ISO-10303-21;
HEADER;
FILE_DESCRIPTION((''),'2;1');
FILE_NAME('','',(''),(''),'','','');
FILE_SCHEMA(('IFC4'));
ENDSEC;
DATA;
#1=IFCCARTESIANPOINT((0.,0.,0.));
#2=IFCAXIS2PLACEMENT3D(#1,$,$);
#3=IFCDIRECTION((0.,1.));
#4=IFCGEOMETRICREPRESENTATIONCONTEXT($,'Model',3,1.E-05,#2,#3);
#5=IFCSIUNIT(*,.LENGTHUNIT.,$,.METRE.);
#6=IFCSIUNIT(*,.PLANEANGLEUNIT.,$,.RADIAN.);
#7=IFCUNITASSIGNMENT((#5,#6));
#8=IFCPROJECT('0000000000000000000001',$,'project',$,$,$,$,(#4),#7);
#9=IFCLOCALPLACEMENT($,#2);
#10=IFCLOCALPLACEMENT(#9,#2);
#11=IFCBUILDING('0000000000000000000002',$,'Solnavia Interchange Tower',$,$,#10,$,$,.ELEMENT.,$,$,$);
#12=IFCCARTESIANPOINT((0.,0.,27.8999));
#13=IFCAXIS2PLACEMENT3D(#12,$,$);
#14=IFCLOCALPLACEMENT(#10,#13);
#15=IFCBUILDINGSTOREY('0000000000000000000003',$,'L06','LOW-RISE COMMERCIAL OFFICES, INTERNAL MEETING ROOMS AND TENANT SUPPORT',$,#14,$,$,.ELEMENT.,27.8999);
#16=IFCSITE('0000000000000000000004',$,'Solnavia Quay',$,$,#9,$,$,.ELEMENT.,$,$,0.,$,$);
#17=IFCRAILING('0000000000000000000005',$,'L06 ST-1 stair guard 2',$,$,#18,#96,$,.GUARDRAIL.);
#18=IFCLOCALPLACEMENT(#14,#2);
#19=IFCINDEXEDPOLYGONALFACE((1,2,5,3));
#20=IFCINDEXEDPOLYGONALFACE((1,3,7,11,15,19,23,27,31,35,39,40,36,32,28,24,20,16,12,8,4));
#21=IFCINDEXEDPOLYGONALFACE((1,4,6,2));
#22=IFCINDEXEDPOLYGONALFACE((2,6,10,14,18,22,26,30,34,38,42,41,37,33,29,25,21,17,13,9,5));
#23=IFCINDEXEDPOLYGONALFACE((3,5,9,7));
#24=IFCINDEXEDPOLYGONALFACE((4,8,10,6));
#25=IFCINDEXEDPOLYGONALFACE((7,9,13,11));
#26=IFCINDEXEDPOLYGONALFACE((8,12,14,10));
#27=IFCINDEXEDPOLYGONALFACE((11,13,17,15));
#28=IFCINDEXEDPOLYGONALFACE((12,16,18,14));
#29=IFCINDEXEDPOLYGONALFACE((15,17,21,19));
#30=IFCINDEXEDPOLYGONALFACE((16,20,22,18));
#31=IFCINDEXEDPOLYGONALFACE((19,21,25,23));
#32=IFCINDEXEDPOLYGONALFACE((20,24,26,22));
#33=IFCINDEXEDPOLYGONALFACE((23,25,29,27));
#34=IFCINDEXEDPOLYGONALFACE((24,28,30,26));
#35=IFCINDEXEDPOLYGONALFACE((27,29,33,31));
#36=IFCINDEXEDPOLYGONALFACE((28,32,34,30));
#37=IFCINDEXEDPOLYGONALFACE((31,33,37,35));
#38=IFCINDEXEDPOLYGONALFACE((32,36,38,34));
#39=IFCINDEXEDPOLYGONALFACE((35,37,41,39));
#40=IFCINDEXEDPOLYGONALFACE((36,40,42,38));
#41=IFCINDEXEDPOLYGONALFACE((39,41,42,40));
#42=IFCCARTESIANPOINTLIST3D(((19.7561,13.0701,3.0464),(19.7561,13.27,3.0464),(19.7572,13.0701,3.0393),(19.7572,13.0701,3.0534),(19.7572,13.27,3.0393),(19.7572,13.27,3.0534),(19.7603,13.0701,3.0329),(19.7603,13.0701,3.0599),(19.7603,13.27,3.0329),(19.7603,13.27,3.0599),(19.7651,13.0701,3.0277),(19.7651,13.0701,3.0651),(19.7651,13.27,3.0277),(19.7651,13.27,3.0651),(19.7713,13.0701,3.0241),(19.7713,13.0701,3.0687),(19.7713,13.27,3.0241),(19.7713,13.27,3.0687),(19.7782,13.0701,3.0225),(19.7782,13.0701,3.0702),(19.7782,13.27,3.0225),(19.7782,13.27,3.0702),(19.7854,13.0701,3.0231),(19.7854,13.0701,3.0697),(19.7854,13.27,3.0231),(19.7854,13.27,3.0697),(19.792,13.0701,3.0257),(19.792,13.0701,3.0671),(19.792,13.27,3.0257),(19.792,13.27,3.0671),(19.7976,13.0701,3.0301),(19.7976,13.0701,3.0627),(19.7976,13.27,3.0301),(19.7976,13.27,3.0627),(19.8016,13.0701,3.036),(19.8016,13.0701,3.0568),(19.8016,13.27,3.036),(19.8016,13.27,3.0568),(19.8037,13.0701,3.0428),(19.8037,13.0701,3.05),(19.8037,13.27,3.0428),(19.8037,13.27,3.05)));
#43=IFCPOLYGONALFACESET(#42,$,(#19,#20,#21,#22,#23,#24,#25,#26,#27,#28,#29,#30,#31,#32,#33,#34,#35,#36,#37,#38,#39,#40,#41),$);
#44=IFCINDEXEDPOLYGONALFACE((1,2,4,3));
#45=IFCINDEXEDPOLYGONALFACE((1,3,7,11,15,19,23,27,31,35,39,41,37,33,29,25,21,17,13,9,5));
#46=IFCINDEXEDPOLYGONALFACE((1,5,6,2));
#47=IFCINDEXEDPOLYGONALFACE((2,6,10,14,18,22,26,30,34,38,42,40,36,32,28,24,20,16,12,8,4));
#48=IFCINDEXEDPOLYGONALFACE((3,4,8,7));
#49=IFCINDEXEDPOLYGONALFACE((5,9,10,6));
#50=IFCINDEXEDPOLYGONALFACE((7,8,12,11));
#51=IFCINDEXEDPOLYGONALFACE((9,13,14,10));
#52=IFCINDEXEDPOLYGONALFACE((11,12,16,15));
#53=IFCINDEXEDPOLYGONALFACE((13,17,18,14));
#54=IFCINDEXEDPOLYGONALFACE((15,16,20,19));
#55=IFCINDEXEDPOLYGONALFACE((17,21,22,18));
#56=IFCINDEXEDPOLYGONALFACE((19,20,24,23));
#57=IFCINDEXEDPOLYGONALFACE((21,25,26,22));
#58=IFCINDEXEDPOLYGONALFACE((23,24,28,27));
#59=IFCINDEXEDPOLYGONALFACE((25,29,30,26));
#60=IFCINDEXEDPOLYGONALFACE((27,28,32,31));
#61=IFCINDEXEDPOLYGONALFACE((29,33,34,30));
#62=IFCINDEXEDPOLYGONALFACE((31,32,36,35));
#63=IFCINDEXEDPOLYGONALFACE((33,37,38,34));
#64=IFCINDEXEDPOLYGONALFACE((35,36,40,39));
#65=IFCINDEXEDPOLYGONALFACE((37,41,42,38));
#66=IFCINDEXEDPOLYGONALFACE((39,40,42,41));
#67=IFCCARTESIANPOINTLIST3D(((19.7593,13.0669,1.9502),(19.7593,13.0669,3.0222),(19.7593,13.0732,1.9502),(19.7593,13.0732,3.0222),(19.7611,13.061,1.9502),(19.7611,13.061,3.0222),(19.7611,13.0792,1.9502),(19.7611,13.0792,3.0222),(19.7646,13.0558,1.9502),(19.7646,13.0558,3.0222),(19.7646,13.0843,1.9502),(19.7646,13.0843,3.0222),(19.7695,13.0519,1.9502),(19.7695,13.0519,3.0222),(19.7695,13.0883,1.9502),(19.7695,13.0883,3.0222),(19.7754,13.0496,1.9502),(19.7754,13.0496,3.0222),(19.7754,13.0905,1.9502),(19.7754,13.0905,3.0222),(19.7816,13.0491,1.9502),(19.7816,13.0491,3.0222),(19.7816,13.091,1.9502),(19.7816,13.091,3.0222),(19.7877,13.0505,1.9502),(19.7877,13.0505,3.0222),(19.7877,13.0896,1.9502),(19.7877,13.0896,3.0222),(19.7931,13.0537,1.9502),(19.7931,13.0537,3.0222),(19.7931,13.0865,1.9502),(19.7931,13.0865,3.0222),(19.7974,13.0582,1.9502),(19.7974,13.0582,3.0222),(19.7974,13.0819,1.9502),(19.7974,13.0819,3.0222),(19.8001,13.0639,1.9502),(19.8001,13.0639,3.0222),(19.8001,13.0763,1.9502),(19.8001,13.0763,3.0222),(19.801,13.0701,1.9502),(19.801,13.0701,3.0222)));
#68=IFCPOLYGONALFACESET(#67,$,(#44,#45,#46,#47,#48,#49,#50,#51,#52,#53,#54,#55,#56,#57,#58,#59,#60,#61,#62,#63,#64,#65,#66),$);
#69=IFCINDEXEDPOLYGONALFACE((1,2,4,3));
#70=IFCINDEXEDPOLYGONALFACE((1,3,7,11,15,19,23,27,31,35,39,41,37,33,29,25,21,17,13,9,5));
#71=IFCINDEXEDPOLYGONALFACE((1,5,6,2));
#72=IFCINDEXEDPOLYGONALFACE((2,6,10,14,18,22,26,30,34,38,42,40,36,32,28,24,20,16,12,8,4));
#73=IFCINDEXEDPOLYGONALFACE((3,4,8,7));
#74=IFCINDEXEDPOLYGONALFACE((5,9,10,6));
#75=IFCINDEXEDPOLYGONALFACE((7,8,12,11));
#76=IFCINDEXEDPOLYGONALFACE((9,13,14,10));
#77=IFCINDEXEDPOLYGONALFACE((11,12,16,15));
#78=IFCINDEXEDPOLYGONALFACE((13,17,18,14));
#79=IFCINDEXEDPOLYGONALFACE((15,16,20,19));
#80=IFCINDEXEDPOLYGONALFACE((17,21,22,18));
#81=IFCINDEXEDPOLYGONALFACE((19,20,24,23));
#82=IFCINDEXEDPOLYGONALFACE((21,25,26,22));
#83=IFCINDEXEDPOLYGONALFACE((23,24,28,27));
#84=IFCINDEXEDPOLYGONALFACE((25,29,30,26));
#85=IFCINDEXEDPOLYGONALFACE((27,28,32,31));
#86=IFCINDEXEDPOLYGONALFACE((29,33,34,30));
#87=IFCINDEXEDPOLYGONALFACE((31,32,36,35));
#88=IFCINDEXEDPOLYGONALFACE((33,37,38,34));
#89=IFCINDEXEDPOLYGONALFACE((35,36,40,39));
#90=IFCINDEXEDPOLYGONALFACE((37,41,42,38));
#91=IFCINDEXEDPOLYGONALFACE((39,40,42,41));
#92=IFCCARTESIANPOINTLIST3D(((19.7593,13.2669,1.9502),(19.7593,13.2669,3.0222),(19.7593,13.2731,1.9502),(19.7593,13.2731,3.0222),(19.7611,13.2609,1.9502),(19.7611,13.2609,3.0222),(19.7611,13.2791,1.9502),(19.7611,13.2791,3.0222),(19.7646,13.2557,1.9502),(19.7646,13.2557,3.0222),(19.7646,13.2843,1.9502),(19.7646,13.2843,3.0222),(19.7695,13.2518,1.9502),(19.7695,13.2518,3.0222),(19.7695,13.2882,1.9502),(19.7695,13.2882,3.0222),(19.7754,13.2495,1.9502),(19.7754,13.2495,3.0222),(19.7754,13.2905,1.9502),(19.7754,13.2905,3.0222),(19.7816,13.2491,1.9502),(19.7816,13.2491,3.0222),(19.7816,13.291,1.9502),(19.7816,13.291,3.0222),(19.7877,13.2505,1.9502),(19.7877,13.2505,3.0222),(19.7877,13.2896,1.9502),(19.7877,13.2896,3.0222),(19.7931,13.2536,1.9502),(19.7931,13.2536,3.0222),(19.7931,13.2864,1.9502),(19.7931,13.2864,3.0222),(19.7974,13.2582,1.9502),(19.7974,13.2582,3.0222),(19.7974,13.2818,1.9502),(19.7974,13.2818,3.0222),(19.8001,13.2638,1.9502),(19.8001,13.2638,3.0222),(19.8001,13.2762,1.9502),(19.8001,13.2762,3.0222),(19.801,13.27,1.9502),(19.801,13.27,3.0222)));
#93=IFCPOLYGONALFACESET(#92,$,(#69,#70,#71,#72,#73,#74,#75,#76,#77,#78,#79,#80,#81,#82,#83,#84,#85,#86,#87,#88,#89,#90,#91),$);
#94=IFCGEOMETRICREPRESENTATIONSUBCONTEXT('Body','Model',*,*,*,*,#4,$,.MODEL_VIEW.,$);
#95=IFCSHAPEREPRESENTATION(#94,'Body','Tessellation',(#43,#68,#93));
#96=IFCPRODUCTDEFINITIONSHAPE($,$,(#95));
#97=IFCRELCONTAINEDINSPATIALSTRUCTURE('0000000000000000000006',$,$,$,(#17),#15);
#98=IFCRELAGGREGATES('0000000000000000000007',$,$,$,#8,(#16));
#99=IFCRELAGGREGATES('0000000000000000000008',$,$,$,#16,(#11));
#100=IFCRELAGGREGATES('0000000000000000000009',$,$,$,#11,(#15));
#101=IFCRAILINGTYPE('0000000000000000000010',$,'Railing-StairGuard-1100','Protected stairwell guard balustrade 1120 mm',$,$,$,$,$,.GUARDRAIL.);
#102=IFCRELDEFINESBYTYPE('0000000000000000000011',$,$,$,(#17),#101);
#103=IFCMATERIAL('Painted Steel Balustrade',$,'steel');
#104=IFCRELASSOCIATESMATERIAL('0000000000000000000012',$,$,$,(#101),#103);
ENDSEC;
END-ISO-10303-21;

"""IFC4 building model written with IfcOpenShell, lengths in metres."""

from ifc_helpers import new_model, si_unit, direction, frame, origin, origin_2d, place, context, subcontext, project, spatial, circle, extrude, material, type_object, element, save


model = new_model("IFC4")

# Units and contexts
model_context = context("Model", 3, precision=1e-05, world=origin(), true_north=direction((0.0, 1.0)))
body_context = subcontext(model_context, "Body", "Model", "MODEL_VIEW")
ifc_project = project(units=[si_unit("LENGTHUNIT", "METRE"), si_unit("PLANEANGLEUNIT", "RADIAN")], contexts=[model_context])

# Site, building, storey
site_placement = place(None, origin())
site = spatial("IfcSite", under=ifc_project, at=site_placement, Name="Solnavia Quay", CompositionType="ELEMENT", RefElevation=0.0)
building_placement = place(site_placement, origin())
building = spatial("IfcBuilding", under=site, at=building_placement, Name="Solnavia Interchange Tower", CompositionType="ELEMENT")
storey_placement = place(building_placement, frame((0.0, 0.0, 27.8999)))
storey = spatial("IfcBuildingStorey", under=building, at=storey_placement, Name="L06", Description="LOW-RISE COMMERCIAL OFFICES, INTERNAL MEETING ROOMS AND TENANT SUPPORT", CompositionType="ELEMENT", Elevation=27.8999)

# Railing
ifc_material_1 = material(Name="Painted Steel Balustrade", Category="steel")
railing_type_1 = type_object("IfcRailingType", Name="Railing-StairGuard-1100", Description="Protected stairwell guard balustrade 1120 mm", PredefinedType="GUARDRAIL", material=ifc_material_1)
railing_1_placement = place(storey_placement, frame((19.78, 13.0701, 1.9502)))
element("IfcRailing", 1, at=railing_1_placement, inside=storey, type_object=railing_type_1, Name="L06 ST-1 stair guard 2", PredefinedType="GUARDRAIL", context=body_context, shape_type="SweptSolid", body=[
    extrude(circle(Radius=0.0239, at=origin_2d()), frame((0.0, 0.0, 1.0962), z_axis=(0.0, 1.0, 0.0), x_axis=(-1.0, 0.0, 0.0)), (0.0, 0.0, 1.0), 0.2),
    extrude(circle(Radius=0.021, at=origin_2d()), origin(), (0.0, 0.0, 1.0), 1.072),
    extrude(circle(Radius=0.021, at=origin_2d()), frame((0.0, 0.2, 0.0)), (0.0, 0.0, 1.0), 1.072),
])

save(model, "model.ifc")
